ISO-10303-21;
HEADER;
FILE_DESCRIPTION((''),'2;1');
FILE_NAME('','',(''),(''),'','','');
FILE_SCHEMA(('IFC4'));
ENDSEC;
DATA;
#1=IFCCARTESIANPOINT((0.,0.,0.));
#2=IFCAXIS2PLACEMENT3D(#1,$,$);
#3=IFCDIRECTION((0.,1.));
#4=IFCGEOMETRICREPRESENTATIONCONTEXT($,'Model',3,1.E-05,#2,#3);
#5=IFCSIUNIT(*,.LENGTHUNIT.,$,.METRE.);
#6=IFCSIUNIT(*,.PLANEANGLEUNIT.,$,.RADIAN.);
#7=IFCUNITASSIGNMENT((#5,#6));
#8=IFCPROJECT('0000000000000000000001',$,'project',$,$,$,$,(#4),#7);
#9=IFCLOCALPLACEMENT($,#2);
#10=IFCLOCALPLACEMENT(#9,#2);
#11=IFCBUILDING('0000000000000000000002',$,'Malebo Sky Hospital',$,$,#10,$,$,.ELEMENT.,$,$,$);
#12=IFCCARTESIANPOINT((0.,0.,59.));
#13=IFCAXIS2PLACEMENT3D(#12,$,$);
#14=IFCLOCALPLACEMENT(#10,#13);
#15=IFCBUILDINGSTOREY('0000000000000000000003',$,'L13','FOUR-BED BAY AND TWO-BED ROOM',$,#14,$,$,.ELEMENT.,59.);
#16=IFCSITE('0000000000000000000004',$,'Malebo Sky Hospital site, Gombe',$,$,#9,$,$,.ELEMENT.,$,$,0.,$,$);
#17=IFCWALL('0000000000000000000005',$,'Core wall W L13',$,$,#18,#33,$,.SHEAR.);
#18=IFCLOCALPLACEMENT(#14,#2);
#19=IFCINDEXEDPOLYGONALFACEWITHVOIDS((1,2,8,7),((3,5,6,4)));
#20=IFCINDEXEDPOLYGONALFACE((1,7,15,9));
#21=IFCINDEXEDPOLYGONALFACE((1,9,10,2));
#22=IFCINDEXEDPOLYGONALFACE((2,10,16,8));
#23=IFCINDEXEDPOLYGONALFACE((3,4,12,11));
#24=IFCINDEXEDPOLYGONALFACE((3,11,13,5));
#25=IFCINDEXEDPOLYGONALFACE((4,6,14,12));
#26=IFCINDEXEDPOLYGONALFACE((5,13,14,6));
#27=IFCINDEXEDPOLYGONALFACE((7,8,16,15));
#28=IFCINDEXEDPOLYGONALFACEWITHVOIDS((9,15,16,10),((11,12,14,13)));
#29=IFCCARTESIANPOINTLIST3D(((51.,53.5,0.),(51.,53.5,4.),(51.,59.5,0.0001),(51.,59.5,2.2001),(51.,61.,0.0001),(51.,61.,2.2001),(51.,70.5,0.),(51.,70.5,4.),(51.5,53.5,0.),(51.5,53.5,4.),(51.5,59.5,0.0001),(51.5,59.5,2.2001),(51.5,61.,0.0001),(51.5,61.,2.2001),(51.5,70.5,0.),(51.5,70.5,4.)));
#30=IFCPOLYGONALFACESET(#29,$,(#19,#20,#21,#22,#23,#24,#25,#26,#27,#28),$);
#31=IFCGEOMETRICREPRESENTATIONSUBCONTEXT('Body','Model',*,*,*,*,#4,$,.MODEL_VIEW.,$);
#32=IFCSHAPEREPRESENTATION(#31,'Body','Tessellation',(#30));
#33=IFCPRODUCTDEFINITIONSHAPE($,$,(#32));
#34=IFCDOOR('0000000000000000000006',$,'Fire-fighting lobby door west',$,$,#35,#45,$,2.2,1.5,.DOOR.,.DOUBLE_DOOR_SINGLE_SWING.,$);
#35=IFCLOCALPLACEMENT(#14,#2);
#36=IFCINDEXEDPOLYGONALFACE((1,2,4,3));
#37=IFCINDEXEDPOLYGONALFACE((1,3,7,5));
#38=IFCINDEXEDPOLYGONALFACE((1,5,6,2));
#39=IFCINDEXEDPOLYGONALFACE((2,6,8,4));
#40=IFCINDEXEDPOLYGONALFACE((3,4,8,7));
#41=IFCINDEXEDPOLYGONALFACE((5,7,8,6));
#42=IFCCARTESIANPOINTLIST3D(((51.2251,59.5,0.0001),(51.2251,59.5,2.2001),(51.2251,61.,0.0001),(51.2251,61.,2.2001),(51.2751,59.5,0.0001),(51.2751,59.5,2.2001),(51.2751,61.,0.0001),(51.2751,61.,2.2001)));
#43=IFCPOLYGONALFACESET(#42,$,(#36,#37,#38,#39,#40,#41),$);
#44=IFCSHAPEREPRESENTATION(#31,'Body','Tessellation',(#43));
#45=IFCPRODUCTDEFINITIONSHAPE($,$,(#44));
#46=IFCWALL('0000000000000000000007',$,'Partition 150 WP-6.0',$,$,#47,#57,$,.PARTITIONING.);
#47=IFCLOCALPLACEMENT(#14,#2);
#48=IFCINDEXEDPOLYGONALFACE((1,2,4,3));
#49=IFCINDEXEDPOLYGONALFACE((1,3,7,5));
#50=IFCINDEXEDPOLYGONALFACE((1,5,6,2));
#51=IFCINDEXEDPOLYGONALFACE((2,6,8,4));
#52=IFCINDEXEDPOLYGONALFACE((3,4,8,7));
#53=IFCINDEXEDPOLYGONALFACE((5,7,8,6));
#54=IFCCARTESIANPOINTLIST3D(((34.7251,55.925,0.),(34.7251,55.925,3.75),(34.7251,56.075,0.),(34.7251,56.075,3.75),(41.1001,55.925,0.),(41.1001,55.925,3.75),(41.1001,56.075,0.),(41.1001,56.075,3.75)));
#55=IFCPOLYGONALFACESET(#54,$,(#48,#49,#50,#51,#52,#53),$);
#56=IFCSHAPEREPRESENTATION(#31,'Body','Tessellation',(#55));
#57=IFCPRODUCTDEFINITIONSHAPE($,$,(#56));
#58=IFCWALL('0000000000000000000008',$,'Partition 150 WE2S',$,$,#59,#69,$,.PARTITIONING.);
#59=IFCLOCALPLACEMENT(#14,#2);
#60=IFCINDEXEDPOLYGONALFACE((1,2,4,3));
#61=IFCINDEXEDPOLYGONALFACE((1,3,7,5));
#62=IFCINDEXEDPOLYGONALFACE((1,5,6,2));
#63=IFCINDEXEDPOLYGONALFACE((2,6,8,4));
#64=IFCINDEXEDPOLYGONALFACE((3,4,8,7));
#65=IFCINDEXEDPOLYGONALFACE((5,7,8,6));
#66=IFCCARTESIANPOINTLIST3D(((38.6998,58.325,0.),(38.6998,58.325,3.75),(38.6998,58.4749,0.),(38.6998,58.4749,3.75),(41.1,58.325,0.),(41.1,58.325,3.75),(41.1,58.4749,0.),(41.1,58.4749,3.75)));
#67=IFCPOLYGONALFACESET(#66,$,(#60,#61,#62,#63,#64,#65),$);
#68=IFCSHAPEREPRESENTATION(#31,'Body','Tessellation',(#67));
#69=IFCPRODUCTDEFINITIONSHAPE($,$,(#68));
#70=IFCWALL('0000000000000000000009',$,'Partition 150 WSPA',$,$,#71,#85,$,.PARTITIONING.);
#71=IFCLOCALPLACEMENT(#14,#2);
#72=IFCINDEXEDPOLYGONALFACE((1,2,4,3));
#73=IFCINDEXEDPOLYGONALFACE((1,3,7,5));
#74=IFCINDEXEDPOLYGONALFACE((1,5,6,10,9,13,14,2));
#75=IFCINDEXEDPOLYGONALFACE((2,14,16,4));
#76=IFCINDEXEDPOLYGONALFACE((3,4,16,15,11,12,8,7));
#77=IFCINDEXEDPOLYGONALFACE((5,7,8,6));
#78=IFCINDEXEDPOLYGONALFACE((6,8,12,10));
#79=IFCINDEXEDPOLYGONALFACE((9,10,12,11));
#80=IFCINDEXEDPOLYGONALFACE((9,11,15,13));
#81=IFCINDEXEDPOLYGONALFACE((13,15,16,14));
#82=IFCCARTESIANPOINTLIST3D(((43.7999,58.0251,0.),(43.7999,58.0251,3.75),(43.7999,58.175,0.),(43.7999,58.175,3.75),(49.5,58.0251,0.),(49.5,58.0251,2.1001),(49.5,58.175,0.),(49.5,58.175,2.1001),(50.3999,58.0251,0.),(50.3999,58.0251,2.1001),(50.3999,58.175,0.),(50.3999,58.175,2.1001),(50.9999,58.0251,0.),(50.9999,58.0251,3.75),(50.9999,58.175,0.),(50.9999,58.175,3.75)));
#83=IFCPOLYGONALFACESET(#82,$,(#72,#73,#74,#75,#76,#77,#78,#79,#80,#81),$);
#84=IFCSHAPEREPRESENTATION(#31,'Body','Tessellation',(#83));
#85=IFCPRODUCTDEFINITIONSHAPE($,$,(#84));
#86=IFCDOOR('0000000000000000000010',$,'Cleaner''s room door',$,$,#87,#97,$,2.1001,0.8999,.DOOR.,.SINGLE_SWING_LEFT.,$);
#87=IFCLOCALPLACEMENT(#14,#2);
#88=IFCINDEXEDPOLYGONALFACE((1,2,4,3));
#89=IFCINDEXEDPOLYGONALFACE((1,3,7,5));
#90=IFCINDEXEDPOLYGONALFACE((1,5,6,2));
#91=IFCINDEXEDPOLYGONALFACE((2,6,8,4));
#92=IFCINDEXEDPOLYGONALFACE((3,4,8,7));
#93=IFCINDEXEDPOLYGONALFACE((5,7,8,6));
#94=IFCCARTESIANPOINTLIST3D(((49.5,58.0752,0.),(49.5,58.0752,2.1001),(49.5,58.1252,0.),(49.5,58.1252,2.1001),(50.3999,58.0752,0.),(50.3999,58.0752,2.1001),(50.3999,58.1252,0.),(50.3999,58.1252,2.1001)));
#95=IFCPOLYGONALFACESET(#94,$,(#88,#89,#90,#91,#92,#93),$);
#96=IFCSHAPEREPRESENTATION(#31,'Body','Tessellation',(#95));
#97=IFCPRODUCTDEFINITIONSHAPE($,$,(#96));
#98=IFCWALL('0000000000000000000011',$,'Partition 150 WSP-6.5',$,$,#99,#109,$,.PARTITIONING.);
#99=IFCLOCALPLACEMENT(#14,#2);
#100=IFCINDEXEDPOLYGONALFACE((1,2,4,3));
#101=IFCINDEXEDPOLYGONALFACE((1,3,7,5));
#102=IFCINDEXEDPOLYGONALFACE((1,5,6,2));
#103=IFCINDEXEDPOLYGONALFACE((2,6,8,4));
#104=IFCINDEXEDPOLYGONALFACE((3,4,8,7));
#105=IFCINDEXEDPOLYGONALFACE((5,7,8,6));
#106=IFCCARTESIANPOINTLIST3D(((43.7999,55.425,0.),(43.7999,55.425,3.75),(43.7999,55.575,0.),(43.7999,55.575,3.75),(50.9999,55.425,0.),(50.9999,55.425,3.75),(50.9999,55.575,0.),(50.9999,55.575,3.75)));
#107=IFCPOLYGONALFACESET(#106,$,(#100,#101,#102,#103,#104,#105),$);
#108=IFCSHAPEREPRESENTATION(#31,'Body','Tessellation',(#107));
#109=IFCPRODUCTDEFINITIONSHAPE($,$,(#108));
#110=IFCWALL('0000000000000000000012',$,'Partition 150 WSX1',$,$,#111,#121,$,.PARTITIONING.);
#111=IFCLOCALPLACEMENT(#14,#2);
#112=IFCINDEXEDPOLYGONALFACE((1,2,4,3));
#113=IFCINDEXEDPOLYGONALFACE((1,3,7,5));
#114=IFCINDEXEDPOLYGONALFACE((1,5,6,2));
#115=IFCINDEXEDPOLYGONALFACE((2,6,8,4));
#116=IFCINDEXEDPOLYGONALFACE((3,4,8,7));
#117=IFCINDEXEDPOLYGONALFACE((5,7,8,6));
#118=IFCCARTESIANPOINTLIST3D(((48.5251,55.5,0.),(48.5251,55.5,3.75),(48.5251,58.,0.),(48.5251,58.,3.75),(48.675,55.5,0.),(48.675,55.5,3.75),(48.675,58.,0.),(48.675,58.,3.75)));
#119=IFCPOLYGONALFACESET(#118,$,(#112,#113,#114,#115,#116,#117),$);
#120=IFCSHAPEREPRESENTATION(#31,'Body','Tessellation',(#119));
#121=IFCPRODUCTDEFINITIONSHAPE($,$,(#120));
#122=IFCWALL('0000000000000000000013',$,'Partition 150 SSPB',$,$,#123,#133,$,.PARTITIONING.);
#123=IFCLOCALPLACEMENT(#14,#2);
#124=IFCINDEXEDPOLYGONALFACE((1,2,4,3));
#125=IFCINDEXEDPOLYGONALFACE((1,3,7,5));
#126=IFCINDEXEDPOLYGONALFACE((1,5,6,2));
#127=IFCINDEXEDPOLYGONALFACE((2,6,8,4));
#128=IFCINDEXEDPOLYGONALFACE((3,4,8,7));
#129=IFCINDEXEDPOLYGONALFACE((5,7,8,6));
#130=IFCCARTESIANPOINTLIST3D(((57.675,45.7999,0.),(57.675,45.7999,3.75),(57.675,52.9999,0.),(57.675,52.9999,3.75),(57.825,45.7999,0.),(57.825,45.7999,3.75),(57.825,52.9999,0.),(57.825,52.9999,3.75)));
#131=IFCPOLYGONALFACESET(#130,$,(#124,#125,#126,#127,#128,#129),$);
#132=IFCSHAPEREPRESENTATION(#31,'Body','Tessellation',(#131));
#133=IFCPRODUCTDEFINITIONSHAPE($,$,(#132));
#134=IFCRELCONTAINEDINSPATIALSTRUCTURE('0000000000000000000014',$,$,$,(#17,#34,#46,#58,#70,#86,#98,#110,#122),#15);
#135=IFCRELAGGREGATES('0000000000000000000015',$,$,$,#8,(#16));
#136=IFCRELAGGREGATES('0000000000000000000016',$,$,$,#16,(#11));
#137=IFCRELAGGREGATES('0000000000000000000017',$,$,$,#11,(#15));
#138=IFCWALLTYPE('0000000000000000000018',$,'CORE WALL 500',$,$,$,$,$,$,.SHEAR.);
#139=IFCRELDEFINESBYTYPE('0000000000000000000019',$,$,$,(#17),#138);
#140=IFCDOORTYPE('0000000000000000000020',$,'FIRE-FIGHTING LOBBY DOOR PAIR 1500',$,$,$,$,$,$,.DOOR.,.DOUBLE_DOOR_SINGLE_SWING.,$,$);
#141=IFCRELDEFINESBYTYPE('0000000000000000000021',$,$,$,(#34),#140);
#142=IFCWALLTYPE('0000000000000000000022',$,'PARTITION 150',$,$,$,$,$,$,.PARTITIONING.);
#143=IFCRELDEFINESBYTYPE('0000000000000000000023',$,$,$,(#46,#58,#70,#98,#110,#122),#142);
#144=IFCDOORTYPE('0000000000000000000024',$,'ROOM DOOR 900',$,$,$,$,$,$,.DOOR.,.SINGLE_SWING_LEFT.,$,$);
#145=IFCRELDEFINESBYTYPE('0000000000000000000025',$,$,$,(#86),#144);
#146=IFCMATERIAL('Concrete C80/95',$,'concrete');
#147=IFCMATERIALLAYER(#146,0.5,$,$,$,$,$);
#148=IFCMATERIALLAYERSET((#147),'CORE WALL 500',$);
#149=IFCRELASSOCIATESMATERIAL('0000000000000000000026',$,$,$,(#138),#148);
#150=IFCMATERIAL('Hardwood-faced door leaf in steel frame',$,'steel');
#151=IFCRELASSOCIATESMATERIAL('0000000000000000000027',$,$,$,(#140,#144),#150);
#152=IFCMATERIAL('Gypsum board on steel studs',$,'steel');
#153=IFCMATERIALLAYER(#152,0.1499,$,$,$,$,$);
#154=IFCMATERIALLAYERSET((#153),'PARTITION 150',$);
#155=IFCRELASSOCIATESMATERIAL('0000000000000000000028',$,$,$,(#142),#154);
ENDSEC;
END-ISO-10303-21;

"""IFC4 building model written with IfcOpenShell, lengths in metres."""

from ifc_helpers import new_model, si_unit, direction, frame, frame_2d, origin, place, context, subcontext, project, spatial, rectangle, extrude, material, layer, layer_set, type_object, element, fill, save


model = new_model("IFC4")

# Units and contexts
model_context = context("Model", 3, precision=1e-05, world=origin(), true_north=direction((0.0, 1.0)))
body_context = subcontext(model_context, "Body", "Model", "MODEL_VIEW")
ifc_project = project(units=[si_unit("LENGTHUNIT", "METRE"), si_unit("PLANEANGLEUNIT", "RADIAN")], contexts=[model_context])

# Site, building, storey
site_placement = place(None, origin())
site = spatial("IfcSite", under=ifc_project, at=site_placement, Name="Malebo Sky Hospital site, Gombe", CompositionType="ELEMENT", RefElevation=0.0)
building_placement = place(site_placement, origin())
building = spatial("IfcBuilding", under=site, at=building_placement, Name="Malebo Sky Hospital", CompositionType="ELEMENT")
storey_placement = place(building_placement, frame((0.0, 0.0, 59.0)))
storey = spatial("IfcBuildingStorey", under=building, at=storey_placement, Name="L13", Description="FOUR-BED BAY AND TWO-BED ROOM", CompositionType="ELEMENT", Elevation=59.0)

# Shared definitions
ifc_material_1 = material(Name="Concrete C80/95", Category="concrete")

# Wall, opening, door
ifc_layer_1 = layer(ifc_material_1, 0.5)
ifc_layer_set_1 = layer_set([ifc_layer_1], Name="CORE WALL 500")
wall_type_1 = type_object("IfcWallType", Name="CORE WALL 500", PredefinedType="SHEAR", material=ifc_layer_set_1)
ifc_material_2 = material(Name="Hardwood-faced door leaf in steel frame", Category="steel")
wall_1_placement = place(storey_placement, frame((51.25, 53.5, 0.0), z_axis=(0.0, 0.0, 1.0), x_axis=(0.0, 1.0, 0.0)))
wall_1 = element("IfcWall", 1, at=wall_1_placement, inside=storey, type_object=wall_type_1, Name="Core wall W L13", PredefinedType="SHEAR", context=body_context, shape_type="SweptSolid", body=[
    extrude(rectangle(XDim=17.0, YDim=0.5, at=frame_2d((8.5, 0.0))), origin(), (0.0, 0.0, 1.0), 4.0),
])
opening_1_placement = place(wall_1_placement, frame((6.0, 0.0, 0.0)))
opening_1 = element("IfcOpeningElement", 2, at=opening_1_placement, cuts=wall_1, PredefinedType="OPENING", context=body_context, shape_type="SweptSolid", body=[
    extrude(rectangle(XDim=1.5, YDim=2.2, at=frame_2d((0.75, 1.1001))), frame((0.0, 0.26, 0.0), z_axis=(0.0, -1.0, 0.0), x_axis=(1.0, 0.0, 0.0)), (0.0, 0.0, 1.0), 0.52),
])
door_type_1 = type_object("IfcDoorType", Name="FIRE-FIGHTING LOBBY DOOR PAIR 1500", OperationType="DOUBLE_DOOR_SINGLE_SWING", PredefinedType="DOOR", material=ifc_material_2)
door_1_placement = place(opening_1_placement, origin())
door_1 = element("IfcDoor", 3, at=door_1_placement, inside=storey, type_object=door_type_1, Name="Fire-fighting lobby door west", OperationType="DOUBLE_DOOR_SINGLE_SWING", OverallHeight=2.2, OverallWidth=1.5, PredefinedType="DOOR", context=body_context, shape_type="SweptSolid", body=[
    extrude(rectangle(XDim=1.5, YDim=2.2, at=frame_2d((0.75, 1.1001))), frame((0.0, 0.0249, 0.0), z_axis=(0.0, -1.0, 0.0), x_axis=(1.0, 0.0, 0.0)), (0.0, 0.0, 1.0), 0.05),
])
fill(opening_1, door_1)

# Walls
ifc_material_3 = material(Name="Gypsum board on steel studs", Category="steel")
ifc_layer_2 = layer(ifc_material_3, 0.1499)
ifc_layer_set_2 = layer_set([ifc_layer_2], Name="PARTITION 150")
wall_type_2 = type_object("IfcWallType", Name="PARTITION 150", PredefinedType="PARTITIONING", material=ifc_layer_set_2)
wall_2_placement = place(storey_placement, frame((41.1001, 56.0, 0.0), z_axis=(0.0, 0.0, 1.0), x_axis=(-1.0, 0.0, 0.0)))
element("IfcWall", 4, at=wall_2_placement, inside=storey, type_object=wall_type_2, Name="Partition 150 WP-6.0", PredefinedType="PARTITIONING", context=body_context, shape_type="SweptSolid", body=[
    extrude(rectangle(XDim=6.375, YDim=0.1499, at=frame_2d((3.1875, 0.0))), origin(), (0.0, 0.0, 1.0), 3.75),
])
wall_3_placement = place(storey_placement, frame((41.1001, 58.3999, 0.0), z_axis=(0.0, 0.0, 1.0), x_axis=(-1.0, 0.0, 0.0)))
element("IfcWall", 5, at=wall_3_placement, inside=storey, type_object=wall_type_2, Name="Partition 150 WE2S", PredefinedType="PARTITIONING", context=body_context, shape_type="SweptSolid", body=[
    extrude(rectangle(XDim=2.4001, YDim=0.1499, at=frame_2d((1.2002, 0.0))), origin(), (0.0, 0.0, 1.0), 3.75),
])

# Wall, opening, door
wall_4_placement = place(storey_placement, frame((51.0, 58.1001, 0.0), z_axis=(0.0, 0.0, 1.0), x_axis=(-1.0, 0.0, 0.0)))
wall_4 = element("IfcWall", 6, at=wall_4_placement, inside=storey, type_object=wall_type_2, Name="Partition 150 WSPA", PredefinedType="PARTITIONING", context=body_context, shape_type="SweptSolid", body=[
    extrude(rectangle(XDim=7.2, YDim=0.1499, at=frame_2d((3.6001, 0.0))), origin(), (0.0, 0.0, 1.0), 3.75),
])
opening_2_placement = place(wall_4_placement, frame((0.6001, 0.0, 0.0)))
opening_2 = element("IfcOpeningElement", 7, at=opening_2_placement, cuts=wall_4, PredefinedType="OPENING", context=body_context, shape_type="SweptSolid", body=[
    extrude(rectangle(XDim=0.8999, YDim=2.1001, at=frame_2d((0.45, 1.05))), frame((0.0, 0.085, 0.0), z_axis=(0.0, -1.0, 0.0), x_axis=(1.0, 0.0, 0.0)), (0.0, 0.0, 1.0), 0.1699),
])
door_type_2 = type_object("IfcDoorType", Name="ROOM DOOR 900", OperationType="SINGLE_SWING_LEFT", PredefinedType="DOOR", material=ifc_material_2)
door_2_placement = place(opening_2_placement, origin())
door_2 = element("IfcDoor", 8, at=door_2_placement, inside=storey, type_object=door_type_2, Name="Cleaner's room door", OperationType="SINGLE_SWING_LEFT", OverallHeight=2.1001, OverallWidth=0.8999, PredefinedType="DOOR", context=body_context, shape_type="SweptSolid", body=[
    extrude(rectangle(XDim=0.8999, YDim=2.1001, at=frame_2d((0.45, 1.05))), frame((0.0, 0.0249, 0.0), z_axis=(0.0, -1.0, 0.0), x_axis=(1.0, 0.0, 0.0)), (0.0, 0.0, 1.0), 0.05),
])
fill(opening_2, door_2)

# Walls
wall_5_placement = place(storey_placement, frame((51.0, 55.5, 0.0), z_axis=(0.0, 0.0, 1.0), x_axis=(-1.0, 0.0, 0.0)))
element("IfcWall", 9, at=wall_5_placement, inside=storey, type_object=wall_type_2, Name="Partition 150 WSP-6.5", PredefinedType="PARTITIONING", context=body_context, shape_type="SweptSolid", body=[
    extrude(rectangle(XDim=7.2, YDim=0.1499, at=frame_2d((3.6001, 0.0))), origin(), (0.0, 0.0, 1.0), 3.75),
])
wall_6_placement = place(storey_placement, frame((48.6001, 55.5, 0.0), z_axis=(0.0, 0.0, 1.0), x_axis=(0.0, 1.0, 0.0)))
element("IfcWall", 10, at=wall_6_placement, inside=storey, type_object=wall_type_2, Name="Partition 150 WSX1", PredefinedType="PARTITIONING", context=body_context, shape_type="SweptSolid", body=[
    extrude(rectangle(XDim=2.5, YDim=0.1499, at=frame_2d((1.25, 0.0))), origin(), (0.0, 0.0, 1.0), 3.75),
])
wall_7_placement = place(storey_placement, frame((57.75, 53.0, 0.0), z_axis=(0.0, 0.0, 1.0), x_axis=(0.0, -1.0, 0.0)))
element("IfcWall", 11, at=wall_7_placement, inside=storey, type_object=wall_type_2, Name="Partition 150 SSPB", PredefinedType="PARTITIONING", context=body_context, shape_type="SweptSolid", body=[
    extrude(rectangle(XDim=7.2, YDim=0.1499, at=frame_2d((3.6001, 0.0))), origin(), (0.0, 0.0, 1.0), 3.75),
])

save(model, "model.ifc")
